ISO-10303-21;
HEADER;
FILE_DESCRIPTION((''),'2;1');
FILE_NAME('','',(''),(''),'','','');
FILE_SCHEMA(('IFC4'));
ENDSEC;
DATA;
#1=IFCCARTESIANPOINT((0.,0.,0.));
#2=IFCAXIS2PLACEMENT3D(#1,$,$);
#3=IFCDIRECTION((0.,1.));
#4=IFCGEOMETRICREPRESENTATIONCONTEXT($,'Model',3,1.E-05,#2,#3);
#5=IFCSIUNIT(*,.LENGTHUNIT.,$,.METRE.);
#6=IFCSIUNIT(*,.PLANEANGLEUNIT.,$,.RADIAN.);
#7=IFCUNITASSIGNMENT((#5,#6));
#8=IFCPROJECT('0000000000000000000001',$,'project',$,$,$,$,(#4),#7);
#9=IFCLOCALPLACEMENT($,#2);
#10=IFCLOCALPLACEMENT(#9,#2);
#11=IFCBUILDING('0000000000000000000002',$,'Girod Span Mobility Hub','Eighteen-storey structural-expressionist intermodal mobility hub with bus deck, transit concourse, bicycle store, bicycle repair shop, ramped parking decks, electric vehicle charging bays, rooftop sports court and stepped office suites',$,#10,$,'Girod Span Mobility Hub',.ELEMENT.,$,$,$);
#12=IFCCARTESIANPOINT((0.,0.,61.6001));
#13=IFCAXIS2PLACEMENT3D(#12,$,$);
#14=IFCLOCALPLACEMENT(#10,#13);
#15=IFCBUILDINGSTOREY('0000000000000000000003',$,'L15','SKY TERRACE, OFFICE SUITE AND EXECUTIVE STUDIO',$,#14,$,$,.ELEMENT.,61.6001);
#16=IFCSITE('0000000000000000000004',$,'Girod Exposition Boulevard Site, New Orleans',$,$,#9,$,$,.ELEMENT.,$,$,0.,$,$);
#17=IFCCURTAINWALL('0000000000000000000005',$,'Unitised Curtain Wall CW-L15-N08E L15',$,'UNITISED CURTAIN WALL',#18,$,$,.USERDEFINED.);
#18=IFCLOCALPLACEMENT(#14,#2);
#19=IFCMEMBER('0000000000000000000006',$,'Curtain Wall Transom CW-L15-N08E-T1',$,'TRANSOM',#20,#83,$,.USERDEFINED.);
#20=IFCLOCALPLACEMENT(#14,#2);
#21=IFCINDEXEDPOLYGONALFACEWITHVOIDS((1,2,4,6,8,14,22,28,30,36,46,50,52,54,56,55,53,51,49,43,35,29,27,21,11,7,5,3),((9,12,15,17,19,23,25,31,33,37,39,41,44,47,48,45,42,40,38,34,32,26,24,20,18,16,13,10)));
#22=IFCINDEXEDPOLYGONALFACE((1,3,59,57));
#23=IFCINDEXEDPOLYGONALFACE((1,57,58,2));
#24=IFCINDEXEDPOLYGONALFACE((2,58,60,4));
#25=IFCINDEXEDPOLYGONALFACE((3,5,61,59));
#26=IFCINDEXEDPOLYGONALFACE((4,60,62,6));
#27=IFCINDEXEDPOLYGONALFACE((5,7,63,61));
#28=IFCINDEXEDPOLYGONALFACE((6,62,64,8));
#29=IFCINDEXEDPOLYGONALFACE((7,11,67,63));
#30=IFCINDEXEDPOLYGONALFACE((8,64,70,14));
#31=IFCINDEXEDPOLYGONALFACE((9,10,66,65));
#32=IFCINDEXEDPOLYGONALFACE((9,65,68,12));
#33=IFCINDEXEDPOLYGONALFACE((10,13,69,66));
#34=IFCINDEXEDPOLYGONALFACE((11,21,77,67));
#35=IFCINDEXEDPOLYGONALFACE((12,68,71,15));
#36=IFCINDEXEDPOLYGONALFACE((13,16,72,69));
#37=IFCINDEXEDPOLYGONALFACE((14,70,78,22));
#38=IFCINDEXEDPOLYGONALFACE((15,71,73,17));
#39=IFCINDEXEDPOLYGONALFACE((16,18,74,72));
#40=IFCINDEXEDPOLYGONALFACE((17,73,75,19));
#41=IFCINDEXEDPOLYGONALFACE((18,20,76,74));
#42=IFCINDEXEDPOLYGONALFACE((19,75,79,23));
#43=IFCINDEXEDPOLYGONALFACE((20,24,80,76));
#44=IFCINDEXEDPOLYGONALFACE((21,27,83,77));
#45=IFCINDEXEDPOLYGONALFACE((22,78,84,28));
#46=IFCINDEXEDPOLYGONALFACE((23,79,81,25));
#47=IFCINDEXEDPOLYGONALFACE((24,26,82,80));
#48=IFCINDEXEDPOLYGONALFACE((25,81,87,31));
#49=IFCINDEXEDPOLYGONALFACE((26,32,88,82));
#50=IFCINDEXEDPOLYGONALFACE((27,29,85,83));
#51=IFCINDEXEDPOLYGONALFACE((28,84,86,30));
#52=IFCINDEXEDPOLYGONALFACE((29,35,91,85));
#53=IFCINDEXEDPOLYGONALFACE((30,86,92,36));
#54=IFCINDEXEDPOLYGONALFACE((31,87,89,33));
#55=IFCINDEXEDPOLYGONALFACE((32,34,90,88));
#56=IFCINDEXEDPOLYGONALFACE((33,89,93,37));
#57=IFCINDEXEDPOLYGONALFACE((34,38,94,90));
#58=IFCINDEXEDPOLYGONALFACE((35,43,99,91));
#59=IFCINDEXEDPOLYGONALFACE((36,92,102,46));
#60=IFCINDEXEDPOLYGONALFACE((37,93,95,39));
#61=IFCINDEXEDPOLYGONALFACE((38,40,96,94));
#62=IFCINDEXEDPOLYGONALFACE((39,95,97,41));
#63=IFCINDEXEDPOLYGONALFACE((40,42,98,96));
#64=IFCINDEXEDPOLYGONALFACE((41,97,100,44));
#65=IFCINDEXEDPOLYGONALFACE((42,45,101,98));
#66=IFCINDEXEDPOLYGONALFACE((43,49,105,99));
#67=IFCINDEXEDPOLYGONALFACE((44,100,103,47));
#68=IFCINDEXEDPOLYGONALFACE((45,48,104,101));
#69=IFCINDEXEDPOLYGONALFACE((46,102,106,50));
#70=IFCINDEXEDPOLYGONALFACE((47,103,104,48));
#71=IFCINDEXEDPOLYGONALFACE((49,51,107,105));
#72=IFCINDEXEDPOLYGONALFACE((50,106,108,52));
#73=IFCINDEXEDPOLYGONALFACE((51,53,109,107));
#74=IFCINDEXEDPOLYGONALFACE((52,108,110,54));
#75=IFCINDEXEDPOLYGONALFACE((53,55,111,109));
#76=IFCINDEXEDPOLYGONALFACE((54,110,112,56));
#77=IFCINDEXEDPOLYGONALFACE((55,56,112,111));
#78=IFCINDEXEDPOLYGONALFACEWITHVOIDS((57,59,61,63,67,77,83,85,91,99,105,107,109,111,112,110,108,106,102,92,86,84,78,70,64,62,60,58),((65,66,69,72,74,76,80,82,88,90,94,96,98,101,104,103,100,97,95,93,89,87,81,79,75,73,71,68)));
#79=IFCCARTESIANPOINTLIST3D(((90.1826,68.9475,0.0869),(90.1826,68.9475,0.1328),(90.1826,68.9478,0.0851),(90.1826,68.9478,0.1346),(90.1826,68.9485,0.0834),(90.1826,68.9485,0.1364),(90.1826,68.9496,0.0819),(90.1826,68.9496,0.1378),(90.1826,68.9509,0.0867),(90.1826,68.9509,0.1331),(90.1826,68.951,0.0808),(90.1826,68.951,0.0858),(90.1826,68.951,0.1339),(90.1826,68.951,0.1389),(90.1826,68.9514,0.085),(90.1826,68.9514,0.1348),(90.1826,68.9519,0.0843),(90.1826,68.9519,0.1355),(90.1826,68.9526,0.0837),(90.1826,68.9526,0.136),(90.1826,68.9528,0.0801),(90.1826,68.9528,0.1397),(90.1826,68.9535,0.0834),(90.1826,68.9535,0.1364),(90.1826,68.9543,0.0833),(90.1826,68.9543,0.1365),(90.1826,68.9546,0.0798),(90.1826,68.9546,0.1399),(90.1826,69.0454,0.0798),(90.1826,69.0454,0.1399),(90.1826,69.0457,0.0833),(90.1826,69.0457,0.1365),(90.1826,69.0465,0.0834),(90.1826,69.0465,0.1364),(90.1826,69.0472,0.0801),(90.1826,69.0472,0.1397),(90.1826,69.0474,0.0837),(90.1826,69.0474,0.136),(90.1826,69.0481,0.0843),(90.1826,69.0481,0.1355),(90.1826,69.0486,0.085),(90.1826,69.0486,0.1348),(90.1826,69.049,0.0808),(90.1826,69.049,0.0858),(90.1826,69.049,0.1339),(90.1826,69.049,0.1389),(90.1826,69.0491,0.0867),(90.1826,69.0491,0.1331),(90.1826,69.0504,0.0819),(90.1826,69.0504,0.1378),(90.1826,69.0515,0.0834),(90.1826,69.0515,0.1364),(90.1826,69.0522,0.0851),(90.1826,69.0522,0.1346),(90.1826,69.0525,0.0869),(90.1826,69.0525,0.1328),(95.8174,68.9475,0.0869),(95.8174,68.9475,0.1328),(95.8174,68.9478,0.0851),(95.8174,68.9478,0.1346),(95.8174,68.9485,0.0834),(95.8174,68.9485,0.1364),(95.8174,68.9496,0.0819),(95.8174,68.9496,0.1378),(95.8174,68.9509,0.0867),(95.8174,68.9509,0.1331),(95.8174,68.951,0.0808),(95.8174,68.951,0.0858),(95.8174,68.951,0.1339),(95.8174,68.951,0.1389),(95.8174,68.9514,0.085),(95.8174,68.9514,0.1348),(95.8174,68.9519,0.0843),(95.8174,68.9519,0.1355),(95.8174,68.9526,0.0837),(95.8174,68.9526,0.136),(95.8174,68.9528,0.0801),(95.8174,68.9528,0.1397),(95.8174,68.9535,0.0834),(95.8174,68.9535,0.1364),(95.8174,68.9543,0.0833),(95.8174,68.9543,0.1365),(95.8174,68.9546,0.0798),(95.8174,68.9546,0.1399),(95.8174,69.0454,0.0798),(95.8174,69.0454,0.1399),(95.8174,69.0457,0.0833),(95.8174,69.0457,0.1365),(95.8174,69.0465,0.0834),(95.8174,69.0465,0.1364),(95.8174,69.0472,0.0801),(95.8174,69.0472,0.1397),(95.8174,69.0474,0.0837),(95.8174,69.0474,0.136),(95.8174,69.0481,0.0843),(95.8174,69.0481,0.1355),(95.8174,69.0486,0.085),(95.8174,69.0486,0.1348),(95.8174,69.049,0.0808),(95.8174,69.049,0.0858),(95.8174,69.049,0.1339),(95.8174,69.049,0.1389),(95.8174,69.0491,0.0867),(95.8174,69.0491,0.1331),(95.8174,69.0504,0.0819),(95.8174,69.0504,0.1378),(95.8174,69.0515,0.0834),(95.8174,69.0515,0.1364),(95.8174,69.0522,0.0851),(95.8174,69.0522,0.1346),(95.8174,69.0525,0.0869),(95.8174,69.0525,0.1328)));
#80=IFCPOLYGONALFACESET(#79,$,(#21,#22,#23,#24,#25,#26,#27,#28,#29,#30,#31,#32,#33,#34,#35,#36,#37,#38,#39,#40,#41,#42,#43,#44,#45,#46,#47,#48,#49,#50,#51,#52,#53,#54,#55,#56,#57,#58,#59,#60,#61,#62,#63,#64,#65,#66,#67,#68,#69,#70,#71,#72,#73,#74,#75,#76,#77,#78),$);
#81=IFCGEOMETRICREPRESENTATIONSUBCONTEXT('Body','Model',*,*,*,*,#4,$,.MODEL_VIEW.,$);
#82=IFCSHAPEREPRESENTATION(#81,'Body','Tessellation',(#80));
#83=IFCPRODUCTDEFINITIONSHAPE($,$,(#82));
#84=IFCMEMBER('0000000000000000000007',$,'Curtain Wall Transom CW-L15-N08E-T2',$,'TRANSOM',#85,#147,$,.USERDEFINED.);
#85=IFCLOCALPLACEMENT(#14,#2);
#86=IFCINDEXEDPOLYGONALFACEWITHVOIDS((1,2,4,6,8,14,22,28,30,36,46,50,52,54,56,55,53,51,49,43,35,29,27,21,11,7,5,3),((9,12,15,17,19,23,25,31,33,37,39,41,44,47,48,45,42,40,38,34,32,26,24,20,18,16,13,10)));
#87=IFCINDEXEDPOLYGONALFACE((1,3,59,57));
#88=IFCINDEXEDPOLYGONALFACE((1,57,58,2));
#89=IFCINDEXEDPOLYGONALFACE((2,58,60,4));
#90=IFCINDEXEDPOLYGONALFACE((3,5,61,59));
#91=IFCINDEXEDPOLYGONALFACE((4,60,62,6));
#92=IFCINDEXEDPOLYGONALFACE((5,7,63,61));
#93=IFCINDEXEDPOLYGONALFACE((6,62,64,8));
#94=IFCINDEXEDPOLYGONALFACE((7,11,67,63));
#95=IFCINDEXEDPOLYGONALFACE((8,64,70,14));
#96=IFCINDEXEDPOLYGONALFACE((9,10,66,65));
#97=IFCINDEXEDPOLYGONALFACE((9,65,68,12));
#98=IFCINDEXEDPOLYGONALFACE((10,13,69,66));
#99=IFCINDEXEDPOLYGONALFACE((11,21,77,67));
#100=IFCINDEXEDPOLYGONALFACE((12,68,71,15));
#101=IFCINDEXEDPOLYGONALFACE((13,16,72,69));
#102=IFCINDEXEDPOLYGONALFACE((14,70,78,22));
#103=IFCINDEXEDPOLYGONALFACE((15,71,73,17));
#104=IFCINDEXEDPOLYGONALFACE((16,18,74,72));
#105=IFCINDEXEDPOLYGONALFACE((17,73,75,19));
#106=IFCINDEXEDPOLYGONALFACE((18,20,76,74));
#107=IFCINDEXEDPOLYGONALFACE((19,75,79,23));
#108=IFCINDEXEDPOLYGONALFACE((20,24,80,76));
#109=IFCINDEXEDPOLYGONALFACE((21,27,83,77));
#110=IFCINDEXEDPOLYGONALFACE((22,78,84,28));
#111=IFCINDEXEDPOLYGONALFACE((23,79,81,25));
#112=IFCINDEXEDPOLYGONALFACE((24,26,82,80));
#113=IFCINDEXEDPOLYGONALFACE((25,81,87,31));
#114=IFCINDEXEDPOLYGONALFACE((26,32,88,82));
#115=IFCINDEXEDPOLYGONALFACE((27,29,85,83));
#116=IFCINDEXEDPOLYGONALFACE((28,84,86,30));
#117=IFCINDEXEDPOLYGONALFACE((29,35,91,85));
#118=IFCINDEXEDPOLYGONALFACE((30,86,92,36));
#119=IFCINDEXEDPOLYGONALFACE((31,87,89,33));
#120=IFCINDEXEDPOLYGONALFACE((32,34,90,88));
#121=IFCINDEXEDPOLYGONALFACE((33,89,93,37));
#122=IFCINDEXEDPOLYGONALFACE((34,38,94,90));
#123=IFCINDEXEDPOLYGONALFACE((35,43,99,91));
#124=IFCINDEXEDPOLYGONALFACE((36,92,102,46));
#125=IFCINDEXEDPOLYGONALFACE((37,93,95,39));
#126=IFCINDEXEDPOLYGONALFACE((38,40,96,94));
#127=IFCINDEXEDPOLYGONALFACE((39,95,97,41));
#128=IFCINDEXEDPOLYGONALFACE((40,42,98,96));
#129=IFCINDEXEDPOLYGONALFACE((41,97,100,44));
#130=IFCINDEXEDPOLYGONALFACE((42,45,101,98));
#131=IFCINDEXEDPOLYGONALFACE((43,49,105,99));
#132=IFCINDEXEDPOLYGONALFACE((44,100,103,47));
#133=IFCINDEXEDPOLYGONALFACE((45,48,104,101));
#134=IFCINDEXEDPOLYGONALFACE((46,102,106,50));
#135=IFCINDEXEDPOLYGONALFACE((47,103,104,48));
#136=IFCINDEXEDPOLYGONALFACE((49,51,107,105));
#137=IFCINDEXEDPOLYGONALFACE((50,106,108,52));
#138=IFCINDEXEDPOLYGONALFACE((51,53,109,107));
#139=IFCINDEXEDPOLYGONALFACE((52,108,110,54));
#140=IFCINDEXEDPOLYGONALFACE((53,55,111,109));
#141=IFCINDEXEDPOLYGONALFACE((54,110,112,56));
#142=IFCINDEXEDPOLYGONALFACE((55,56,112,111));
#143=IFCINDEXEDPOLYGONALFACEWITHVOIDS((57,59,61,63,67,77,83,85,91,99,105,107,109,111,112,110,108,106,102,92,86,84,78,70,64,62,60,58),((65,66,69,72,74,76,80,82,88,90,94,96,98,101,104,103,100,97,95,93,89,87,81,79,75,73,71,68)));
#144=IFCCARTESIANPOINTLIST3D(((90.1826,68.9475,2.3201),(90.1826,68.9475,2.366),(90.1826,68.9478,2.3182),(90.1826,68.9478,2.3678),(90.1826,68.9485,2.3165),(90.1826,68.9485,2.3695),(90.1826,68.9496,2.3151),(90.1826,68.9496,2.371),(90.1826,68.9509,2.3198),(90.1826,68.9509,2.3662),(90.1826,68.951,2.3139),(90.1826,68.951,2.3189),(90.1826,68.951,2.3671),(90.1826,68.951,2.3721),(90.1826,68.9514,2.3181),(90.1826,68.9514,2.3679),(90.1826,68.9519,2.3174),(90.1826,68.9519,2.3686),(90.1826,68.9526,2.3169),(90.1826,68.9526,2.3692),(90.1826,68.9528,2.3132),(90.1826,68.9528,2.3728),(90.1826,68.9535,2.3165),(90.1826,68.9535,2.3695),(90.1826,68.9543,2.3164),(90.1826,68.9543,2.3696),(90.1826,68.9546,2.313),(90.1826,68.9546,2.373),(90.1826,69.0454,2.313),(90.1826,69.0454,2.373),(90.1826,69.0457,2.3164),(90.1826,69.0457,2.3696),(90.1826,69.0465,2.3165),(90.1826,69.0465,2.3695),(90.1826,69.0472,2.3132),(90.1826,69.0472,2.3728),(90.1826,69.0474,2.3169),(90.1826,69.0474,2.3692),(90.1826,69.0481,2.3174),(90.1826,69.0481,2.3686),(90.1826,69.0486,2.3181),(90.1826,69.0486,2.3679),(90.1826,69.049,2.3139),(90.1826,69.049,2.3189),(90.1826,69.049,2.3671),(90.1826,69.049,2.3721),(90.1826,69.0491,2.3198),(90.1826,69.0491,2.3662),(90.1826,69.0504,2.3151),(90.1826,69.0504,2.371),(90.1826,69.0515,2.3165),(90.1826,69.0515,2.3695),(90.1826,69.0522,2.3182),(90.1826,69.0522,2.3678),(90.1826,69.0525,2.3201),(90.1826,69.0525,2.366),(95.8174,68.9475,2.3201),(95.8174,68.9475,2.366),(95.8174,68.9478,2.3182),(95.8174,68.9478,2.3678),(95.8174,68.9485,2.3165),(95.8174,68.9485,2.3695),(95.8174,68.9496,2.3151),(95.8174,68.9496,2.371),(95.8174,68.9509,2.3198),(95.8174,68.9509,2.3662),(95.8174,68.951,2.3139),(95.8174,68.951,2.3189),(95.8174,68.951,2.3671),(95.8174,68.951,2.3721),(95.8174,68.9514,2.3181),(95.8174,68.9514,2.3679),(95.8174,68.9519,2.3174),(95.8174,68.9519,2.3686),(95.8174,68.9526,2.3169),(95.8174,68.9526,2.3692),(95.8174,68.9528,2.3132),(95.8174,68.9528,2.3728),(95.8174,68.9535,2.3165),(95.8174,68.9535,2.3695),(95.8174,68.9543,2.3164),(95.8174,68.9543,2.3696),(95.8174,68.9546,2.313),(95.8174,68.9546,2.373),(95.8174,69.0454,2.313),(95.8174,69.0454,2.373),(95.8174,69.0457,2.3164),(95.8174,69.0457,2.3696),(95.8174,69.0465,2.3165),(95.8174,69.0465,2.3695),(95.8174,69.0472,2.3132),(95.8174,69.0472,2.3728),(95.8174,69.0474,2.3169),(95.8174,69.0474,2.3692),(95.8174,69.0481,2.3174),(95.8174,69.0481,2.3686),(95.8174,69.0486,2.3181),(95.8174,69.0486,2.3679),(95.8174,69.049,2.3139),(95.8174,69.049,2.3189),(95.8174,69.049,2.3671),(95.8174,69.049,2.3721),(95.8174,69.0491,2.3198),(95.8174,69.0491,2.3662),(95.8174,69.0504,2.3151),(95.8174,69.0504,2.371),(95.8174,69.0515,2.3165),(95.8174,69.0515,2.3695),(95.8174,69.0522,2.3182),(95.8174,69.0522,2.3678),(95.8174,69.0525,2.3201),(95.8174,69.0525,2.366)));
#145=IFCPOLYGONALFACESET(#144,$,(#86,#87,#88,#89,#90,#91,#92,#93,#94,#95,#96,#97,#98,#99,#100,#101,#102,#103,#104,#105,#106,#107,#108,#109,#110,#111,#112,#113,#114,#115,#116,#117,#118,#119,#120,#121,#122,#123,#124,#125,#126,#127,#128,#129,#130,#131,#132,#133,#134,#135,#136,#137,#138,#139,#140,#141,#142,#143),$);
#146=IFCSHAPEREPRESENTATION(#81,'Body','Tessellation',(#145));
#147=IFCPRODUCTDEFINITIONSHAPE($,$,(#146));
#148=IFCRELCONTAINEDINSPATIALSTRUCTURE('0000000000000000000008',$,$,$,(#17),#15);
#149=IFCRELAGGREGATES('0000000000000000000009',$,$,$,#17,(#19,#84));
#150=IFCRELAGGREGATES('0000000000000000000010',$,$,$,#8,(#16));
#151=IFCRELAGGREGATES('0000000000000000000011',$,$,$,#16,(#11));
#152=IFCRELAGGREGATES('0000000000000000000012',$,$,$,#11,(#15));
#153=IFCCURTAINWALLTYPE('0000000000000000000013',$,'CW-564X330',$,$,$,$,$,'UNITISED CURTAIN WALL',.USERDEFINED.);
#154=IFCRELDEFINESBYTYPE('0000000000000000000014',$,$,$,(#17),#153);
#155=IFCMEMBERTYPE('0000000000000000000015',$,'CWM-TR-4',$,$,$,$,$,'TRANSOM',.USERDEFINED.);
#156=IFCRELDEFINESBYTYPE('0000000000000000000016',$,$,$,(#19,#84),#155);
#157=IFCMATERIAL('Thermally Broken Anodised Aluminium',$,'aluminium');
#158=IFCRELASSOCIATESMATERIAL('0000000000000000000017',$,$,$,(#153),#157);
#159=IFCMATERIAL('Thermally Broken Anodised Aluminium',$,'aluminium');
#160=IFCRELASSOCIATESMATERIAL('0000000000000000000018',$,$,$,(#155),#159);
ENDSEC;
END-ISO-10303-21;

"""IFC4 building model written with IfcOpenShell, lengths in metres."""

from ifc_helpers import new_model, si_unit, direction, frame, origin, origin_2d, place, context, subcontext, project, spatial, hollow_rectangle, extrude, material, material_profile, profile_set, type_object, element, aggregate, save


model = new_model("IFC4")

# Units and contexts
model_context = context("Model", 3, precision=1e-05, world=origin(), true_north=direction((0.0, 1.0)))
body_context = subcontext(model_context, "Body", "Model", "MODEL_VIEW")
ifc_project = project(units=[si_unit("LENGTHUNIT", "METRE"), si_unit("PLANEANGLEUNIT", "RADIAN")], contexts=[model_context])

# Site, building, storey
site_placement = place(None, origin())
site = spatial("IfcSite", under=ifc_project, at=site_placement, Name="Girod Exposition Boulevard Site, New Orleans", CompositionType="ELEMENT", RefElevation=0.0)
building_placement = place(site_placement, origin())
building = spatial("IfcBuilding", under=site, at=building_placement, Name="Girod Span Mobility Hub", Description="Eighteen-storey structural-expressionist intermodal mobility hub with bus deck, transit concourse, bicycle store, bicycle repair shop, ramped parking decks, electric vehicle charging bays, rooftop sports court and stepped office suites", LongName="Girod Span Mobility Hub", CompositionType="ELEMENT")
storey_placement = place(building_placement, frame((0.0, 0.0, 61.6001)))
storey = spatial("IfcBuildingStorey", under=building, at=storey_placement, Name="L15", Description="SKY TERRACE, OFFICE SUITE AND EXECUTIVE STUDIO", CompositionType="ELEMENT", Elevation=61.6001)

# Curtain wall
ifc_material_1 = material(Name="Thermally Broken Anodised Aluminium", Category="aluminium")
curtain_wall_type = type_object("IfcCurtainWallType", Name="CW-564X330", ElementType="UNITISED CURTAIN WALL", PredefinedType="USERDEFINED", material=ifc_material_1)
curtain_wall_1_placement = place(storey_placement, origin())
curtain_wall_1 = element("IfcCurtainWall", 1, at=curtain_wall_1_placement, inside=storey, type_object=curtain_wall_type, Name="Unitised Curtain Wall CW-L15-N08E L15", ObjectType="UNITISED CURTAIN WALL", PredefinedType="USERDEFINED")

# Members
ifc_material_2 = material(Name="Thermally Broken Anodised Aluminium", Category="aluminium")
ifc_material_profile_1 = material_profile(ifc_material_2, hollow_rectangle(XDim=0.105, YDim=0.0601, WallThickness=0.0034, InnerFilletRadius=0.0034, OuterFilletRadius=0.0071, at=origin_2d()), Name="CW-TR-60X105")
ifc_profile_set_1 = profile_set([ifc_material_profile_1], Name="Thermally Broken Anodised Aluminium")
member_type_1 = type_object("IfcMemberType", Name="CWM-TR-4", ElementType="TRANSOM", PredefinedType="USERDEFINED", material=ifc_profile_set_1)
member_1_placement = place(storey_placement, frame((90.1826, 69.0, 0.1099), z_axis=(1.0, 0.0, 0.0), x_axis=(0.0, 1.0, 0.0)))
member_1 = element("IfcMember", 2, at=member_1_placement, type_object=member_type_1, Name="Curtain Wall Transom CW-L15-N08E-T1", ObjectType="TRANSOM", PredefinedType="USERDEFINED", context=body_context, shape_type="SweptSolid", body=[
    extrude(hollow_rectangle(XDim=0.105, YDim=0.0601, WallThickness=0.0034, InnerFilletRadius=0.0034, OuterFilletRadius=0.0071, at=origin_2d()), origin(), (0.0, 0.0, 1.0), 5.6348),
])
member_2_placement = place(storey_placement, frame((90.1826, 69.0, 2.343), z_axis=(1.0, 0.0, 0.0), x_axis=(0.0, 1.0, 0.0)))
member_2 = element("IfcMember", 3, at=member_2_placement, type_object=member_type_1, Name="Curtain Wall Transom CW-L15-N08E-T2", ObjectType="TRANSOM", PredefinedType="USERDEFINED", context=body_context, shape_type="SweptSolid", body=[
    extrude(hollow_rectangle(XDim=0.105, YDim=0.0601, WallThickness=0.0034, InnerFilletRadius=0.0034, OuterFilletRadius=0.0071, at=origin_2d()), origin(), (0.0, 0.0, 1.0), 5.6348),
])

aggregate(curtain_wall_1, [member_1, member_2])

save(model, "model.ifc")
